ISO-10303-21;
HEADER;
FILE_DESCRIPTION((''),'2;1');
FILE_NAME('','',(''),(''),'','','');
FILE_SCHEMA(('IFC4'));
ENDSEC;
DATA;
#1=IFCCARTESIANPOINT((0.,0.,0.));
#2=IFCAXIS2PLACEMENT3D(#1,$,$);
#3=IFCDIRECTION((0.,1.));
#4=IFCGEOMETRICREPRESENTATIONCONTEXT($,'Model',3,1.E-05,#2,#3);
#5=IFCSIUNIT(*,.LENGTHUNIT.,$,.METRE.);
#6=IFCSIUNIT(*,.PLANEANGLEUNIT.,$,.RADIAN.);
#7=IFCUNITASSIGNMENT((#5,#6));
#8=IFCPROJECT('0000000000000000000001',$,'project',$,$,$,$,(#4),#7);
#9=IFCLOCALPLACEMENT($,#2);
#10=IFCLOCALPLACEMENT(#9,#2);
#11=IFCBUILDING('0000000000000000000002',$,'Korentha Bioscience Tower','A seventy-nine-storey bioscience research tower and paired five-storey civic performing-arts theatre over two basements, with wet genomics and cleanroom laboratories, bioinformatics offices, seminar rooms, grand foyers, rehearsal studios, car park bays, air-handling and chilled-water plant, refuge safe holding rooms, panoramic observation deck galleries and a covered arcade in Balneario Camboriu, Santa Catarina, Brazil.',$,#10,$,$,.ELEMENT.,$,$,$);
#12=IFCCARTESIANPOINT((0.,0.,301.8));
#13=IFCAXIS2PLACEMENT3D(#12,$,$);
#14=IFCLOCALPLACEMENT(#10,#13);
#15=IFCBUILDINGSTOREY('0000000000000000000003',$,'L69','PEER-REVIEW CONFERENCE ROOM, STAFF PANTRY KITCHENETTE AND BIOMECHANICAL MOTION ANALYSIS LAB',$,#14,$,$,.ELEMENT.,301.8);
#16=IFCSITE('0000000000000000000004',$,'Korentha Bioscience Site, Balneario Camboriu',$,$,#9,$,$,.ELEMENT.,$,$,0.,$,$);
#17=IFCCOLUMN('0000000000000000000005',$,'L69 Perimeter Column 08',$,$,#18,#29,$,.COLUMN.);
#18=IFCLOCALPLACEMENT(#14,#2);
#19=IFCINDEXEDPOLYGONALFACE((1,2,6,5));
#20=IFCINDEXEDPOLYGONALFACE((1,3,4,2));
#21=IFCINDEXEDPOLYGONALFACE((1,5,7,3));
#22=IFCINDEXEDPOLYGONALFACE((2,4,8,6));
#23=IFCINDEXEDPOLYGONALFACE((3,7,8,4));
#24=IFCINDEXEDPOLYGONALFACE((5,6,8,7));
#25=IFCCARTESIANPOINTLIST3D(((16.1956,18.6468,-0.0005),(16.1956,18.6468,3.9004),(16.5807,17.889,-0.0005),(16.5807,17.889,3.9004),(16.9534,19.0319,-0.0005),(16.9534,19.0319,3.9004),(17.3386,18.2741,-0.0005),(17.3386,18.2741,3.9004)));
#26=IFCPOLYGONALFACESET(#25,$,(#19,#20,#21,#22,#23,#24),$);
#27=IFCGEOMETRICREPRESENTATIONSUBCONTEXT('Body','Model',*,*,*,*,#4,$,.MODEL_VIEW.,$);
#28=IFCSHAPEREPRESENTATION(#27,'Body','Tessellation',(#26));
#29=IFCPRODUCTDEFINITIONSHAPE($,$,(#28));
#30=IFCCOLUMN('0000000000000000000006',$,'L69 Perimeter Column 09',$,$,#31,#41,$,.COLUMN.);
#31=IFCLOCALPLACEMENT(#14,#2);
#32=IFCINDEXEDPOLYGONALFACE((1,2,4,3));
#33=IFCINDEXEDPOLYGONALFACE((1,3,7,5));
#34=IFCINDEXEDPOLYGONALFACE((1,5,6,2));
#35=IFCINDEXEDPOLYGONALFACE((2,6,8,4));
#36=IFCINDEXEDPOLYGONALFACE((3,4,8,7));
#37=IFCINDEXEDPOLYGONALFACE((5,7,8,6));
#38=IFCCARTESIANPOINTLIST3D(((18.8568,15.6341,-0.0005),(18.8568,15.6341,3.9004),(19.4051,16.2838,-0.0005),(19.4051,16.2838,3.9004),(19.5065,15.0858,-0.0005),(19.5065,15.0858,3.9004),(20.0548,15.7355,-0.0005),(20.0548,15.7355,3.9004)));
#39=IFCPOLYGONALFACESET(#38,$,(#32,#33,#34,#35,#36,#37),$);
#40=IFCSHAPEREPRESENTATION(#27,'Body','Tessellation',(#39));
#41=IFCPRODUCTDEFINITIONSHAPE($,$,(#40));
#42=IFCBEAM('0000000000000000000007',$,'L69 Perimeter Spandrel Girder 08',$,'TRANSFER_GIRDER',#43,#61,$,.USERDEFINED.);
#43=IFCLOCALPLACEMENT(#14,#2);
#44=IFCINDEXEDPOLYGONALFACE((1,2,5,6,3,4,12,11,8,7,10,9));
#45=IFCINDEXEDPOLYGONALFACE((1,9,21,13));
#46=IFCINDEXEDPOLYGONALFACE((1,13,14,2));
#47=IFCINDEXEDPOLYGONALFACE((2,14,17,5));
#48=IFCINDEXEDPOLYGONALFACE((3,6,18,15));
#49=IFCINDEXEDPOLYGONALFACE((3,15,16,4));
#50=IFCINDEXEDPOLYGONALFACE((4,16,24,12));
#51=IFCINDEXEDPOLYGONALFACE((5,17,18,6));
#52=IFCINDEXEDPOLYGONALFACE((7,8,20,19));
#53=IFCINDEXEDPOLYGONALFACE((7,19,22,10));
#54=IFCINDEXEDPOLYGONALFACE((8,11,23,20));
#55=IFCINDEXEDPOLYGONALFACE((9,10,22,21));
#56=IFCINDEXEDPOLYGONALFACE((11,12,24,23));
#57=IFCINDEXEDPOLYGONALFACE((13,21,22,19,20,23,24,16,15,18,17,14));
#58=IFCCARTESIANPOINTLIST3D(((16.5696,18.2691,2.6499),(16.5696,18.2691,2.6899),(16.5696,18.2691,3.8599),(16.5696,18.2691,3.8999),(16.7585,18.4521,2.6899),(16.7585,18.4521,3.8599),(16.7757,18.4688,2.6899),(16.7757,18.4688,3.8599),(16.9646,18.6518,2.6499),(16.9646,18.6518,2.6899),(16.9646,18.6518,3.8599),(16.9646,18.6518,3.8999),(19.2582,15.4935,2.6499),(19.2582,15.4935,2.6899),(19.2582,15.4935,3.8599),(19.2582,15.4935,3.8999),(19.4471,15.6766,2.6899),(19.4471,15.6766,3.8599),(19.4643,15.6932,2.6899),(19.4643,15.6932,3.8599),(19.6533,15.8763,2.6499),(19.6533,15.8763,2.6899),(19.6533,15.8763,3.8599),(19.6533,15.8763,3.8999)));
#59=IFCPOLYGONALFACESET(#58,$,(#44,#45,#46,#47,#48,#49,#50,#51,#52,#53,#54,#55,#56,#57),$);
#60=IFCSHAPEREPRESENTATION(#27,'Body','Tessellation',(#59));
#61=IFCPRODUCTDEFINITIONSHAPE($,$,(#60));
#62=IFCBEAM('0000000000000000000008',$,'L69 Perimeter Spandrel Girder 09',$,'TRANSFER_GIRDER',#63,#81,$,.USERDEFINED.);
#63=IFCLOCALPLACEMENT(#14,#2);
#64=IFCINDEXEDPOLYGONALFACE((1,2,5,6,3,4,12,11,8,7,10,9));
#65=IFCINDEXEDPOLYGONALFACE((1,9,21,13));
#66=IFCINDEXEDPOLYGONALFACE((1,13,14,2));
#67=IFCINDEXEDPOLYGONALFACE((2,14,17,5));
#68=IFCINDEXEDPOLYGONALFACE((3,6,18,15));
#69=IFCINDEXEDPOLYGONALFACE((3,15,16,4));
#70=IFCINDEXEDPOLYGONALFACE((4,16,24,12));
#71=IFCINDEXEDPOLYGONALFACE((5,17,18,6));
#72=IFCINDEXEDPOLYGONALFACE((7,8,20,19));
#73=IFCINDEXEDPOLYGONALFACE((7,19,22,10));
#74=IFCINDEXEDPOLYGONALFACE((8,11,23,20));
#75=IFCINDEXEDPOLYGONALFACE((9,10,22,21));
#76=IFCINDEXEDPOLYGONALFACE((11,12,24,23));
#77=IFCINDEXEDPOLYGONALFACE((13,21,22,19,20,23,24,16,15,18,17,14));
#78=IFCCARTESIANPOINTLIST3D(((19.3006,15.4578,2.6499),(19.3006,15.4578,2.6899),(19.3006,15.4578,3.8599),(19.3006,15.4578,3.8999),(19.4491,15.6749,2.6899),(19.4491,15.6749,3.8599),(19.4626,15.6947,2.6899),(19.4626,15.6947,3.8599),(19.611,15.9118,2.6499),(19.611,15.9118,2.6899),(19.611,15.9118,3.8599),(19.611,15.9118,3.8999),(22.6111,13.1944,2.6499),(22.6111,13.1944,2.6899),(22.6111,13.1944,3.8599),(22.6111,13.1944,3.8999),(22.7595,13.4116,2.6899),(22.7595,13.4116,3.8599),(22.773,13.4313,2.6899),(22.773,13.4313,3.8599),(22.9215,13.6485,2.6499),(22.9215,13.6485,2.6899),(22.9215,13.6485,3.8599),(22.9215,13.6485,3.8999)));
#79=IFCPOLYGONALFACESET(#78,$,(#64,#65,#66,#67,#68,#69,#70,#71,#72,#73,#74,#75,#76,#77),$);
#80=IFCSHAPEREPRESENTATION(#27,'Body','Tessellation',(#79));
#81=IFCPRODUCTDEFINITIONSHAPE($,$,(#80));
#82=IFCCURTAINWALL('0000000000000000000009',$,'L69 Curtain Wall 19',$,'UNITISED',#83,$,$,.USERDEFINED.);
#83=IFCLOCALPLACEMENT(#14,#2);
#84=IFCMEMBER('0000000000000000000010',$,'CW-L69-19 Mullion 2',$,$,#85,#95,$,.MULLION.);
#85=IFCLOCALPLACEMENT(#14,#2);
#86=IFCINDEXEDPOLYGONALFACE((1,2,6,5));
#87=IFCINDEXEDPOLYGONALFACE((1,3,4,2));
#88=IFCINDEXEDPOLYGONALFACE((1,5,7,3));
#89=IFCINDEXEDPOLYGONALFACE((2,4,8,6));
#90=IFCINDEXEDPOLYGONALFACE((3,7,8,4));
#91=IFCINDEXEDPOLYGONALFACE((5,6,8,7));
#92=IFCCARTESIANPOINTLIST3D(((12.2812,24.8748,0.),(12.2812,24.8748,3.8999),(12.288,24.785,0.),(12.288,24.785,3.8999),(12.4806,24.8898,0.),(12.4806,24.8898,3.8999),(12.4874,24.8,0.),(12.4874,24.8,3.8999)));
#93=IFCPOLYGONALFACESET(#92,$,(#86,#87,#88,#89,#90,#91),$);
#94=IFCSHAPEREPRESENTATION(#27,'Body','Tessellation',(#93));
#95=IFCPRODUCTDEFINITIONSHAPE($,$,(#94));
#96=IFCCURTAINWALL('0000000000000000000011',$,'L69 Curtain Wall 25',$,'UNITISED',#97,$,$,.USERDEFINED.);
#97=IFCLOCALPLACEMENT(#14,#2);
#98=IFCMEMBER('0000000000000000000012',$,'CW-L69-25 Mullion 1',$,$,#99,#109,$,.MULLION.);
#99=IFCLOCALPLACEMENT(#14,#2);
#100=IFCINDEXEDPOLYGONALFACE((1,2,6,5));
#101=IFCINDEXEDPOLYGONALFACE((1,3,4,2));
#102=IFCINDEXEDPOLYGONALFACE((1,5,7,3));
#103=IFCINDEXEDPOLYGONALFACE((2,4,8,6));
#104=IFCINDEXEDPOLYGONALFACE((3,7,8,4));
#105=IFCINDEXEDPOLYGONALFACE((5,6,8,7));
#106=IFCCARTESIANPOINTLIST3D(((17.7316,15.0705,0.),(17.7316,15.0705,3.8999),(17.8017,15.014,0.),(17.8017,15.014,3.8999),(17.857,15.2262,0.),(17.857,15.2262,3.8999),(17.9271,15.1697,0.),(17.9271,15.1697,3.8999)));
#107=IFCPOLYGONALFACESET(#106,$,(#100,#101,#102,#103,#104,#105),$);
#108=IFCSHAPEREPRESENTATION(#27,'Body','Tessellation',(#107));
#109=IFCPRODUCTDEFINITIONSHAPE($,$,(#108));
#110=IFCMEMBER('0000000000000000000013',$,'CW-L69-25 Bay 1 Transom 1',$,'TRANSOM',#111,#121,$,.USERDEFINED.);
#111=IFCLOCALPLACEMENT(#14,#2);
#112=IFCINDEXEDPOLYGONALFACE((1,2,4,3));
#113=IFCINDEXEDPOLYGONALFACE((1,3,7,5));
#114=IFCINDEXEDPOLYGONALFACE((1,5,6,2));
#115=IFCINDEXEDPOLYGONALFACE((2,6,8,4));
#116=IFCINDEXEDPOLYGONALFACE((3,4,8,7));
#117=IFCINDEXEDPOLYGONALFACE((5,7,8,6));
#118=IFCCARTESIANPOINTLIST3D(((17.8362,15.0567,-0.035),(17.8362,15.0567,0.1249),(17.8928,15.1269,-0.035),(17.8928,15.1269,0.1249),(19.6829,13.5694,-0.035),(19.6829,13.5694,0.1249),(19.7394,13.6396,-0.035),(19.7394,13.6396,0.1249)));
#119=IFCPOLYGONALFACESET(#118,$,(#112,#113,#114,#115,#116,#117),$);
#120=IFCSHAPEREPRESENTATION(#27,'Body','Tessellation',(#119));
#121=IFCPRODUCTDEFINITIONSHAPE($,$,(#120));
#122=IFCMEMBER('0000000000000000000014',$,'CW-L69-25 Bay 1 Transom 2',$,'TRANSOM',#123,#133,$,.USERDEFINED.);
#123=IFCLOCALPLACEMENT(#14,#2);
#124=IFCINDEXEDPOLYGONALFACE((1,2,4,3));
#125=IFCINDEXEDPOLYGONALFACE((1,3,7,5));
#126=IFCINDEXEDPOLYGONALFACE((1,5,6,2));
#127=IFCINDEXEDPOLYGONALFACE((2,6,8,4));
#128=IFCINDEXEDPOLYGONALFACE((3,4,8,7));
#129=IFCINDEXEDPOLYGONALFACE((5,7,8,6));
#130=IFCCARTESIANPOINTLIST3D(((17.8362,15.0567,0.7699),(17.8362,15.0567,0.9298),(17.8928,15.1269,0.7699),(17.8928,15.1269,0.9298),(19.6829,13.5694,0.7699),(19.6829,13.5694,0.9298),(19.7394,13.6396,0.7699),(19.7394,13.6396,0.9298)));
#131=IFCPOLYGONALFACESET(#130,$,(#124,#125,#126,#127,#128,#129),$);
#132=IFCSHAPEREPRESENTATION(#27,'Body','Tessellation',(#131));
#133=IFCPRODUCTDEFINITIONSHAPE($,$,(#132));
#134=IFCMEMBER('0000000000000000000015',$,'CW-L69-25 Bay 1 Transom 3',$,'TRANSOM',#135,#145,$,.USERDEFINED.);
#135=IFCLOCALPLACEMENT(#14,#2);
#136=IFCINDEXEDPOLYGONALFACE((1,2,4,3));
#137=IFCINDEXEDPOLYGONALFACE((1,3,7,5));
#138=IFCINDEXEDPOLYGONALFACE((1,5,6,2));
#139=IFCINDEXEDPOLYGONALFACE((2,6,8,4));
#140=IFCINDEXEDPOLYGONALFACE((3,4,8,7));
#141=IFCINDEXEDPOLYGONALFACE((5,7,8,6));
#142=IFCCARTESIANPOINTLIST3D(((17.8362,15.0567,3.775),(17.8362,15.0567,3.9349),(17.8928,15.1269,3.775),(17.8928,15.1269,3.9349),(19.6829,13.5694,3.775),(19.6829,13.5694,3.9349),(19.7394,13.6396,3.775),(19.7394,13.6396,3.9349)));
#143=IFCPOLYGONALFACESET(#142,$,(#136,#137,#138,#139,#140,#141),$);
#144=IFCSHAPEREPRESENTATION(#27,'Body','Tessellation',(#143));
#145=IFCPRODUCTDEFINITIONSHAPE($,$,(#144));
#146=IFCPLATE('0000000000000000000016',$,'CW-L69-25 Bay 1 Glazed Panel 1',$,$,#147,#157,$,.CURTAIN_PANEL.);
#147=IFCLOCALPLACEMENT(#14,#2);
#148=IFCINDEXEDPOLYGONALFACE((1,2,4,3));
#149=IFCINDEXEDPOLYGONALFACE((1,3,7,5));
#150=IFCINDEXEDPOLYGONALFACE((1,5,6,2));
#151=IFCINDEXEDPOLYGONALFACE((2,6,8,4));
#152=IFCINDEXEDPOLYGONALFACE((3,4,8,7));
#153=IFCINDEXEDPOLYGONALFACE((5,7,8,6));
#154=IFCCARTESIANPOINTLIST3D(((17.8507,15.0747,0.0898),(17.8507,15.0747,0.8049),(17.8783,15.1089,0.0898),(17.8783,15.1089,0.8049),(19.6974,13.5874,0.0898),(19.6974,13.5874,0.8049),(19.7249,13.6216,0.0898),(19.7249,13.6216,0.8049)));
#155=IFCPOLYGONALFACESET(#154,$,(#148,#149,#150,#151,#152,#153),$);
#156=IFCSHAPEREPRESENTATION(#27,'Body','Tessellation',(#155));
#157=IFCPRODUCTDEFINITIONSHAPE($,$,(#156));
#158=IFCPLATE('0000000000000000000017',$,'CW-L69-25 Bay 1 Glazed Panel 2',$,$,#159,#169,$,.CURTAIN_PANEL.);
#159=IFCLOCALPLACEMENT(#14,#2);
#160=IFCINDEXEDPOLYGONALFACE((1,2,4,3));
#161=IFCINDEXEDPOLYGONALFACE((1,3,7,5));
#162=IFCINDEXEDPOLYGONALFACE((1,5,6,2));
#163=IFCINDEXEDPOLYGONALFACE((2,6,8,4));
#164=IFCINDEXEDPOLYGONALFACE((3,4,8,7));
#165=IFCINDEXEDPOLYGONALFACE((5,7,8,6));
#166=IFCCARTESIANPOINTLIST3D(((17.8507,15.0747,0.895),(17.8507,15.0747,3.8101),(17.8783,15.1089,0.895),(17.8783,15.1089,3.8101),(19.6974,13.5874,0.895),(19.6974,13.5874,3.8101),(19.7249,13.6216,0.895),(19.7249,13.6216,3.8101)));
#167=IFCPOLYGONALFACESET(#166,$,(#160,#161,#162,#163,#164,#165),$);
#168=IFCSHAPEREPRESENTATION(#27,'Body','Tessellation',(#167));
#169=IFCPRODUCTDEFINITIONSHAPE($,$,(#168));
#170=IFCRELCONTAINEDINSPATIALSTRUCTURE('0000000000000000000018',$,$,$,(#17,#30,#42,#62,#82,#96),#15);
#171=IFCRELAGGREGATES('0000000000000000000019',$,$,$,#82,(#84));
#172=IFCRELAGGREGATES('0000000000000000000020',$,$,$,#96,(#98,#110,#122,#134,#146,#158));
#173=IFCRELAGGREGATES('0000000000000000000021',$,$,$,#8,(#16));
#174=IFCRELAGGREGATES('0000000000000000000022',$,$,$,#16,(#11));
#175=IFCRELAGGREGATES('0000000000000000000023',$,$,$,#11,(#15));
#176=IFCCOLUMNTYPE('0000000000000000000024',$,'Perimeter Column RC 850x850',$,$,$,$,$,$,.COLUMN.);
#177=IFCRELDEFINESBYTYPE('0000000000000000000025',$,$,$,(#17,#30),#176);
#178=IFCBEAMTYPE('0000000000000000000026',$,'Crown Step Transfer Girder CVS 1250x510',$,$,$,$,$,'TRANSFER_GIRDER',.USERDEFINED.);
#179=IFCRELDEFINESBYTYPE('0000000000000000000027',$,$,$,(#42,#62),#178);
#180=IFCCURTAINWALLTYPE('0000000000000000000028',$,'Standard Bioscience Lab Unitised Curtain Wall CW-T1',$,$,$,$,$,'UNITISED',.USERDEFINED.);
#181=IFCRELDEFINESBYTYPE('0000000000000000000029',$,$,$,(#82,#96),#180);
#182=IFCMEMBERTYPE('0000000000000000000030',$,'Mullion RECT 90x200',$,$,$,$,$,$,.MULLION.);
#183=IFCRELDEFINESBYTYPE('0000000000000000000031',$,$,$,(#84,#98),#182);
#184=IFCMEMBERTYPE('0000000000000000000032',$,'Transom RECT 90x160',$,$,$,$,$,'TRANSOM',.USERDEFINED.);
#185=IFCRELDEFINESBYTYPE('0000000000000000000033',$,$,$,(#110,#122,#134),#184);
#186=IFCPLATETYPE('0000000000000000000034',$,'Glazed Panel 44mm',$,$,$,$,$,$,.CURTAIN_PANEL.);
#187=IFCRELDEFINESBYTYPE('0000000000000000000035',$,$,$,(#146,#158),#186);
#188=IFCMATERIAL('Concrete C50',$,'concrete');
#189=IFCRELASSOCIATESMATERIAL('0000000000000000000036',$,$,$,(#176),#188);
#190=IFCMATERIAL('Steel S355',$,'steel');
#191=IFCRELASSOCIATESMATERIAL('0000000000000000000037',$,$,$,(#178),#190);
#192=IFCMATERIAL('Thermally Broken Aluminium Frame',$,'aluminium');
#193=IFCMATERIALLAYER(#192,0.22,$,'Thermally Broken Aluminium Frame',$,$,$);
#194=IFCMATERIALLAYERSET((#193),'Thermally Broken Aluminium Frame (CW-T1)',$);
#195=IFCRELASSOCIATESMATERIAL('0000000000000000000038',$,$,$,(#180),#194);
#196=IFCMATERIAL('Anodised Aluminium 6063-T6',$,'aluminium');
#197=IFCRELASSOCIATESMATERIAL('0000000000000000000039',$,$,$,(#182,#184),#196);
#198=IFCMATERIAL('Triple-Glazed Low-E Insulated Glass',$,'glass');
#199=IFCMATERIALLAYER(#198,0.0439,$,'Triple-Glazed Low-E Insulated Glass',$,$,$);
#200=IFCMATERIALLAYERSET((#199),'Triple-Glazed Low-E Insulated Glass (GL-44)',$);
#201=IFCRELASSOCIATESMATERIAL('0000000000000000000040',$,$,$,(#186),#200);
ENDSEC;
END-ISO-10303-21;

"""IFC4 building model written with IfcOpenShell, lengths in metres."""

from ifc_helpers import new_model, si_unit, direction, frame, origin, origin_2d, place, context, subcontext, project, spatial, rectangle, i_section, extrude, material, layer, layer_set, material_profile, profile_set, type_object, element, aggregate, save


model = new_model("IFC4")

# Units and contexts
model_context = context("Model", 3, precision=1e-05, world=origin(), true_north=direction((0.0, 1.0)))
body_context = subcontext(model_context, "Body", "Model", "MODEL_VIEW")
ifc_project = project(units=[si_unit("LENGTHUNIT", "METRE"), si_unit("PLANEANGLEUNIT", "RADIAN")], contexts=[model_context])

# Site, building, storey
site_placement = place(None, origin())
site = spatial("IfcSite", under=ifc_project, at=site_placement, Name="Korentha Bioscience Site, Balneario Camboriu", CompositionType="ELEMENT", RefElevation=0.0)
building_placement = place(site_placement, origin())
building = spatial("IfcBuilding", under=site, at=building_placement, Name="Korentha Bioscience Tower", Description="A seventy-nine-storey bioscience research tower and paired five-storey civic performing-arts theatre over two basements, with wet genomics and cleanroom laboratories, bioinformatics offices, seminar rooms, grand foyers, rehearsal studios, car park bays, air-handling and chilled-water plant, refuge safe holding rooms, panoramic observation deck galleries and a covered arcade in Balneario Camboriu, Santa Catarina, Brazil.", CompositionType="ELEMENT")
storey_placement = place(building_placement, frame((0.0, 0.0, 301.8)))
storey = spatial("IfcBuildingStorey", under=building, at=storey_placement, Name="L69", Description="PEER-REVIEW CONFERENCE ROOM, STAFF PANTRY KITCHENETTE AND BIOMECHANICAL MOTION ANALYSIS LAB", CompositionType="ELEMENT", Elevation=301.8)

# Columns
ifc_material_1 = material(Name="Concrete C50", Category="concrete")
ifc_material_profile_1 = material_profile(ifc_material_1, rectangle(XDim=0.8501, YDim=0.8501, at=origin_2d()), Name="Concrete C50")
ifc_profile_set_1 = profile_set([ifc_material_profile_1], Name="Concrete C50 (COL-P08)")
column_type = type_object("IfcColumnType", Name="Perimeter Column RC 850x850", PredefinedType="COLUMN", material=ifc_profile_set_1)
for number, where, z_axis, x_axis, name in (
    (1, (16.7671, 18.4604, -0.0005), (0.0, 0.0, 1.0), (-0.453057, 0.891481, 0.0), "L69 Perimeter Column 08"),
    (2, (19.4558, 15.6848, -0.0005), (0.0, 0.0, 1.0), (-0.764246, 0.644924, 0.0), "L69 Perimeter Column 09"),
):
    element("IfcColumn", number, at=place(storey_placement, frame(where, z_axis=z_axis, x_axis=x_axis)), inside=storey, type_object=column_type, Name=name, PredefinedType="COLUMN", context=body_context, shape_type="SweptSolid", body=[
        extrude(rectangle(XDim=0.8501, YDim=0.8501, at=origin_2d()), origin(), (0.0, 0.0, 1.0), 3.9009),
    ])

# Beams
ifc_material_2 = material(Name="Steel S355", Category="steel")
ifc_material_profile_2 = material_profile(ifc_material_2, i_section(OverallWidth=0.55, OverallDepth=1.25, WebThickness=0.0239, FlangeThickness=0.04, at=origin_2d()), Name="Steel S355")
ifc_profile_set_2 = profile_set([ifc_material_profile_2], Name="Steel S355 (TG-03)")
beam_type = type_object("IfcBeamType", Name="Crown Step Transfer Girder CVS 1250x510", ElementType="TRANSFER_GIRDER", PredefinedType="USERDEFINED", material=ifc_profile_set_2)
beam_1_placement = place(storey_placement, frame((16.7671, 18.4604, 3.2749), z_axis=(0.695772, -0.718263, 0.0), x_axis=(0.718263, 0.695772, 0.0)))
element("IfcBeam", 3, at=beam_1_placement, inside=storey, type_object=beam_type, Name="L69 Perimeter Spandrel Girder 08", ObjectType="TRANSFER_GIRDER", PredefinedType="USERDEFINED", context=body_context, shape_type="SweptSolid", body=[
    extrude(i_section(OverallWidth=0.55, OverallDepth=1.25, WebThickness=0.0239, FlangeThickness=0.04, at=origin_2d()), origin(), (0.0, 0.0, 1.0), 3.8643),
])
beam_2_placement = place(storey_placement, frame((19.4558, 15.6848, 3.2749), z_axis=(0.825503, -0.564398, 0.0), x_axis=(0.564398, 0.825503, 0.0)))
element("IfcBeam", 4, at=beam_2_placement, inside=storey, type_object=beam_type, Name="L69 Perimeter Spandrel Girder 09", ObjectType="TRANSFER_GIRDER", PredefinedType="USERDEFINED", context=body_context, shape_type="SweptSolid", body=[
    extrude(i_section(OverallWidth=0.55, OverallDepth=1.25, WebThickness=0.0239, FlangeThickness=0.04, at=origin_2d()), origin(), (0.0, 0.0, 1.0), 4.0103),
])

# Curtain wall, member
ifc_material_3 = material(Name="Thermally Broken Aluminium Frame", Category="aluminium")
ifc_layer_1 = layer(ifc_material_3, 0.22, Name="Thermally Broken Aluminium Frame")
ifc_layer_set_1 = layer_set([ifc_layer_1], Name="Thermally Broken Aluminium Frame (CW-T1)")
curtain_wall_type = type_object("IfcCurtainWallType", Name="Standard Bioscience Lab Unitised Curtain Wall CW-T1", ElementType="UNITISED", PredefinedType="USERDEFINED", material=ifc_layer_set_1)
curtain_wall_1_placement = place(storey_placement, origin())
curtain_wall_1 = element("IfcCurtainWall", 5, at=curtain_wall_1_placement, inside=storey, type_object=curtain_wall_type, Name="L69 Curtain Wall 19", ObjectType="UNITISED", PredefinedType="USERDEFINED")
ifc_material_4 = material(Name="Anodised Aluminium 6063-T6", Category="aluminium")
ifc_material_profile_3 = material_profile(ifc_material_4, rectangle(XDim=0.0901, YDim=0.2, at=origin_2d()), Name="Anodised Aluminium 6063-T6")
ifc_profile_set_3 = profile_set([ifc_material_profile_3], Name="Anodised Aluminium 6063-T6 (CW-MUL)")
member_type_1 = type_object("IfcMemberType", Name="Mullion RECT 90x200", PredefinedType="MULLION", material=ifc_profile_set_3)
member_1_placement = place(storey_placement, frame((12.3843, 24.8374, 0.0), z_axis=(0.0, 0.0, 1.0), x_axis=(0.075073, -0.997178, 0.0)))
member_1 = element("IfcMember", 6, at=member_1_placement, type_object=member_type_1, Name="CW-L69-19 Mullion 2", PredefinedType="MULLION", context=body_context, shape_type="SweptSolid", body=[
    extrude(rectangle(XDim=0.0901, YDim=0.2, at=origin_2d()), origin(), (0.0, 0.0, 1.0), 3.8999),
])
aggregate(curtain_wall_1, [member_1])

# Curtain wall, members, plates
curtain_wall_2_placement = place(storey_placement, origin())
curtain_wall_2 = element("IfcCurtainWall", 7, at=curtain_wall_2_placement, inside=storey, type_object=curtain_wall_type, Name="L69 Curtain Wall 25", ObjectType="UNITISED", PredefinedType="USERDEFINED")
member_2_placement = place(storey_placement, frame((17.8293, 15.1201, 0.0), z_axis=(0.0, 0.0, 1.0), x_axis=(0.778807, -0.627264, 0.0)))
member_2 = element("IfcMember", 8, at=member_2_placement, type_object=member_type_1, Name="CW-L69-25 Mullion 1", PredefinedType="MULLION", context=body_context, shape_type="SweptSolid", body=[
    extrude(rectangle(XDim=0.0901, YDim=0.2, at=origin_2d()), origin(), (0.0, 0.0, 1.0), 3.8999),
])
ifc_material_profile_4 = material_profile(ifc_material_4, rectangle(XDim=0.0901, YDim=0.1599, at=origin_2d()), Name="Anodised Aluminium 6063-T6")
ifc_profile_set_4 = profile_set([ifc_material_profile_4], Name="Anodised Aluminium 6063-T6 (CW-TRN)")
member_type_2 = type_object("IfcMemberType", Name="Transom RECT 90x160", ElementType="TRANSOM", PredefinedType="USERDEFINED", material=ifc_profile_set_4)
member_3_placement = place(storey_placement, frame((17.8645, 15.0918, 0.0449), z_axis=(0.778815, -0.627253, 0.0), x_axis=(0.627253, 0.778815, 0.0)))
member_3 = element("IfcMember", 9, at=member_3_placement, type_object=member_type_2, Name="CW-L69-25 Bay 1 Transom 1", ObjectType="TRANSOM", PredefinedType="USERDEFINED", context=body_context, shape_type="SweptSolid", body=[
    extrude(rectangle(XDim=0.0901, YDim=0.1599, at=origin_2d()), origin(), (0.0, 0.0, 1.0), 2.3711),
])
member_4_placement = place(storey_placement, frame((17.8645, 15.0918, 0.8499), z_axis=(0.778815, -0.627253, 0.0), x_axis=(0.627253, 0.778815, 0.0)))
member_4 = element("IfcMember", 10, at=member_4_placement, type_object=member_type_2, Name="CW-L69-25 Bay 1 Transom 2", ObjectType="TRANSOM", PredefinedType="USERDEFINED", context=body_context, shape_type="SweptSolid", body=[
    extrude(rectangle(XDim=0.0901, YDim=0.1599, at=origin_2d()), origin(), (0.0, 0.0, 1.0), 2.3711),
])
member_5_placement = place(storey_placement, frame((17.8645, 15.0918, 3.855), z_axis=(0.778815, -0.627253, 0.0), x_axis=(0.627253, 0.778815, 0.0)))
member_5 = element("IfcMember", 11, at=member_5_placement, type_object=member_type_2, Name="CW-L69-25 Bay 1 Transom 3", ObjectType="TRANSOM", PredefinedType="USERDEFINED", context=body_context, shape_type="SweptSolid", body=[
    extrude(rectangle(XDim=0.0901, YDim=0.1599, at=origin_2d()), origin(), (0.0, 0.0, 1.0), 2.3711),
])
ifc_material_5 = material(Name="Triple-Glazed Low-E Insulated Glass", Category="glass")
ifc_layer_2 = layer(ifc_material_5, 0.0439, Name="Triple-Glazed Low-E Insulated Glass")
ifc_layer_set_2 = layer_set([ifc_layer_2], Name="Triple-Glazed Low-E Insulated Glass (GL-44)")
plate_type = type_object("IfcPlateType", Name="Glazed Panel 44mm", PredefinedType="CURTAIN_PANEL", material=ifc_layer_set_2)
plate_1_placement = place(storey_placement, frame((18.7878, 14.3481, 0.0898), z_axis=(0.0, 0.0, 1.0), x_axis=(0.778807, -0.627264, 0.0)))
plate_1 = element("IfcPlate", 12, at=plate_1_placement, type_object=plate_type, Name="CW-L69-25 Bay 1 Glazed Panel 1", PredefinedType="CURTAIN_PANEL", context=body_context, shape_type="SweptSolid", body=[
    extrude(rectangle(XDim=2.3711, YDim=0.0439, at=origin_2d()), origin(), (0.0, 0.0, 1.0), 0.7151),
])
plate_2_placement = place(storey_placement, frame((18.7878, 14.3481, 0.895), z_axis=(0.0, 0.0, 1.0), x_axis=(0.778807, -0.627264, 0.0)))
plate_2 = element("IfcPlate", 13, at=plate_2_placement, type_object=plate_type, Name="CW-L69-25 Bay 1 Glazed Panel 2", PredefinedType="CURTAIN_PANEL", context=body_context, shape_type="SweptSolid", body=[
    extrude(rectangle(XDim=2.3711, YDim=0.0439, at=origin_2d()), origin(), (0.0, 0.0, 1.0), 2.915),
])
aggregate(curtain_wall_2, [member_2, member_3, member_4, member_5, plate_1, plate_2])

save(model, "model.ifc")
